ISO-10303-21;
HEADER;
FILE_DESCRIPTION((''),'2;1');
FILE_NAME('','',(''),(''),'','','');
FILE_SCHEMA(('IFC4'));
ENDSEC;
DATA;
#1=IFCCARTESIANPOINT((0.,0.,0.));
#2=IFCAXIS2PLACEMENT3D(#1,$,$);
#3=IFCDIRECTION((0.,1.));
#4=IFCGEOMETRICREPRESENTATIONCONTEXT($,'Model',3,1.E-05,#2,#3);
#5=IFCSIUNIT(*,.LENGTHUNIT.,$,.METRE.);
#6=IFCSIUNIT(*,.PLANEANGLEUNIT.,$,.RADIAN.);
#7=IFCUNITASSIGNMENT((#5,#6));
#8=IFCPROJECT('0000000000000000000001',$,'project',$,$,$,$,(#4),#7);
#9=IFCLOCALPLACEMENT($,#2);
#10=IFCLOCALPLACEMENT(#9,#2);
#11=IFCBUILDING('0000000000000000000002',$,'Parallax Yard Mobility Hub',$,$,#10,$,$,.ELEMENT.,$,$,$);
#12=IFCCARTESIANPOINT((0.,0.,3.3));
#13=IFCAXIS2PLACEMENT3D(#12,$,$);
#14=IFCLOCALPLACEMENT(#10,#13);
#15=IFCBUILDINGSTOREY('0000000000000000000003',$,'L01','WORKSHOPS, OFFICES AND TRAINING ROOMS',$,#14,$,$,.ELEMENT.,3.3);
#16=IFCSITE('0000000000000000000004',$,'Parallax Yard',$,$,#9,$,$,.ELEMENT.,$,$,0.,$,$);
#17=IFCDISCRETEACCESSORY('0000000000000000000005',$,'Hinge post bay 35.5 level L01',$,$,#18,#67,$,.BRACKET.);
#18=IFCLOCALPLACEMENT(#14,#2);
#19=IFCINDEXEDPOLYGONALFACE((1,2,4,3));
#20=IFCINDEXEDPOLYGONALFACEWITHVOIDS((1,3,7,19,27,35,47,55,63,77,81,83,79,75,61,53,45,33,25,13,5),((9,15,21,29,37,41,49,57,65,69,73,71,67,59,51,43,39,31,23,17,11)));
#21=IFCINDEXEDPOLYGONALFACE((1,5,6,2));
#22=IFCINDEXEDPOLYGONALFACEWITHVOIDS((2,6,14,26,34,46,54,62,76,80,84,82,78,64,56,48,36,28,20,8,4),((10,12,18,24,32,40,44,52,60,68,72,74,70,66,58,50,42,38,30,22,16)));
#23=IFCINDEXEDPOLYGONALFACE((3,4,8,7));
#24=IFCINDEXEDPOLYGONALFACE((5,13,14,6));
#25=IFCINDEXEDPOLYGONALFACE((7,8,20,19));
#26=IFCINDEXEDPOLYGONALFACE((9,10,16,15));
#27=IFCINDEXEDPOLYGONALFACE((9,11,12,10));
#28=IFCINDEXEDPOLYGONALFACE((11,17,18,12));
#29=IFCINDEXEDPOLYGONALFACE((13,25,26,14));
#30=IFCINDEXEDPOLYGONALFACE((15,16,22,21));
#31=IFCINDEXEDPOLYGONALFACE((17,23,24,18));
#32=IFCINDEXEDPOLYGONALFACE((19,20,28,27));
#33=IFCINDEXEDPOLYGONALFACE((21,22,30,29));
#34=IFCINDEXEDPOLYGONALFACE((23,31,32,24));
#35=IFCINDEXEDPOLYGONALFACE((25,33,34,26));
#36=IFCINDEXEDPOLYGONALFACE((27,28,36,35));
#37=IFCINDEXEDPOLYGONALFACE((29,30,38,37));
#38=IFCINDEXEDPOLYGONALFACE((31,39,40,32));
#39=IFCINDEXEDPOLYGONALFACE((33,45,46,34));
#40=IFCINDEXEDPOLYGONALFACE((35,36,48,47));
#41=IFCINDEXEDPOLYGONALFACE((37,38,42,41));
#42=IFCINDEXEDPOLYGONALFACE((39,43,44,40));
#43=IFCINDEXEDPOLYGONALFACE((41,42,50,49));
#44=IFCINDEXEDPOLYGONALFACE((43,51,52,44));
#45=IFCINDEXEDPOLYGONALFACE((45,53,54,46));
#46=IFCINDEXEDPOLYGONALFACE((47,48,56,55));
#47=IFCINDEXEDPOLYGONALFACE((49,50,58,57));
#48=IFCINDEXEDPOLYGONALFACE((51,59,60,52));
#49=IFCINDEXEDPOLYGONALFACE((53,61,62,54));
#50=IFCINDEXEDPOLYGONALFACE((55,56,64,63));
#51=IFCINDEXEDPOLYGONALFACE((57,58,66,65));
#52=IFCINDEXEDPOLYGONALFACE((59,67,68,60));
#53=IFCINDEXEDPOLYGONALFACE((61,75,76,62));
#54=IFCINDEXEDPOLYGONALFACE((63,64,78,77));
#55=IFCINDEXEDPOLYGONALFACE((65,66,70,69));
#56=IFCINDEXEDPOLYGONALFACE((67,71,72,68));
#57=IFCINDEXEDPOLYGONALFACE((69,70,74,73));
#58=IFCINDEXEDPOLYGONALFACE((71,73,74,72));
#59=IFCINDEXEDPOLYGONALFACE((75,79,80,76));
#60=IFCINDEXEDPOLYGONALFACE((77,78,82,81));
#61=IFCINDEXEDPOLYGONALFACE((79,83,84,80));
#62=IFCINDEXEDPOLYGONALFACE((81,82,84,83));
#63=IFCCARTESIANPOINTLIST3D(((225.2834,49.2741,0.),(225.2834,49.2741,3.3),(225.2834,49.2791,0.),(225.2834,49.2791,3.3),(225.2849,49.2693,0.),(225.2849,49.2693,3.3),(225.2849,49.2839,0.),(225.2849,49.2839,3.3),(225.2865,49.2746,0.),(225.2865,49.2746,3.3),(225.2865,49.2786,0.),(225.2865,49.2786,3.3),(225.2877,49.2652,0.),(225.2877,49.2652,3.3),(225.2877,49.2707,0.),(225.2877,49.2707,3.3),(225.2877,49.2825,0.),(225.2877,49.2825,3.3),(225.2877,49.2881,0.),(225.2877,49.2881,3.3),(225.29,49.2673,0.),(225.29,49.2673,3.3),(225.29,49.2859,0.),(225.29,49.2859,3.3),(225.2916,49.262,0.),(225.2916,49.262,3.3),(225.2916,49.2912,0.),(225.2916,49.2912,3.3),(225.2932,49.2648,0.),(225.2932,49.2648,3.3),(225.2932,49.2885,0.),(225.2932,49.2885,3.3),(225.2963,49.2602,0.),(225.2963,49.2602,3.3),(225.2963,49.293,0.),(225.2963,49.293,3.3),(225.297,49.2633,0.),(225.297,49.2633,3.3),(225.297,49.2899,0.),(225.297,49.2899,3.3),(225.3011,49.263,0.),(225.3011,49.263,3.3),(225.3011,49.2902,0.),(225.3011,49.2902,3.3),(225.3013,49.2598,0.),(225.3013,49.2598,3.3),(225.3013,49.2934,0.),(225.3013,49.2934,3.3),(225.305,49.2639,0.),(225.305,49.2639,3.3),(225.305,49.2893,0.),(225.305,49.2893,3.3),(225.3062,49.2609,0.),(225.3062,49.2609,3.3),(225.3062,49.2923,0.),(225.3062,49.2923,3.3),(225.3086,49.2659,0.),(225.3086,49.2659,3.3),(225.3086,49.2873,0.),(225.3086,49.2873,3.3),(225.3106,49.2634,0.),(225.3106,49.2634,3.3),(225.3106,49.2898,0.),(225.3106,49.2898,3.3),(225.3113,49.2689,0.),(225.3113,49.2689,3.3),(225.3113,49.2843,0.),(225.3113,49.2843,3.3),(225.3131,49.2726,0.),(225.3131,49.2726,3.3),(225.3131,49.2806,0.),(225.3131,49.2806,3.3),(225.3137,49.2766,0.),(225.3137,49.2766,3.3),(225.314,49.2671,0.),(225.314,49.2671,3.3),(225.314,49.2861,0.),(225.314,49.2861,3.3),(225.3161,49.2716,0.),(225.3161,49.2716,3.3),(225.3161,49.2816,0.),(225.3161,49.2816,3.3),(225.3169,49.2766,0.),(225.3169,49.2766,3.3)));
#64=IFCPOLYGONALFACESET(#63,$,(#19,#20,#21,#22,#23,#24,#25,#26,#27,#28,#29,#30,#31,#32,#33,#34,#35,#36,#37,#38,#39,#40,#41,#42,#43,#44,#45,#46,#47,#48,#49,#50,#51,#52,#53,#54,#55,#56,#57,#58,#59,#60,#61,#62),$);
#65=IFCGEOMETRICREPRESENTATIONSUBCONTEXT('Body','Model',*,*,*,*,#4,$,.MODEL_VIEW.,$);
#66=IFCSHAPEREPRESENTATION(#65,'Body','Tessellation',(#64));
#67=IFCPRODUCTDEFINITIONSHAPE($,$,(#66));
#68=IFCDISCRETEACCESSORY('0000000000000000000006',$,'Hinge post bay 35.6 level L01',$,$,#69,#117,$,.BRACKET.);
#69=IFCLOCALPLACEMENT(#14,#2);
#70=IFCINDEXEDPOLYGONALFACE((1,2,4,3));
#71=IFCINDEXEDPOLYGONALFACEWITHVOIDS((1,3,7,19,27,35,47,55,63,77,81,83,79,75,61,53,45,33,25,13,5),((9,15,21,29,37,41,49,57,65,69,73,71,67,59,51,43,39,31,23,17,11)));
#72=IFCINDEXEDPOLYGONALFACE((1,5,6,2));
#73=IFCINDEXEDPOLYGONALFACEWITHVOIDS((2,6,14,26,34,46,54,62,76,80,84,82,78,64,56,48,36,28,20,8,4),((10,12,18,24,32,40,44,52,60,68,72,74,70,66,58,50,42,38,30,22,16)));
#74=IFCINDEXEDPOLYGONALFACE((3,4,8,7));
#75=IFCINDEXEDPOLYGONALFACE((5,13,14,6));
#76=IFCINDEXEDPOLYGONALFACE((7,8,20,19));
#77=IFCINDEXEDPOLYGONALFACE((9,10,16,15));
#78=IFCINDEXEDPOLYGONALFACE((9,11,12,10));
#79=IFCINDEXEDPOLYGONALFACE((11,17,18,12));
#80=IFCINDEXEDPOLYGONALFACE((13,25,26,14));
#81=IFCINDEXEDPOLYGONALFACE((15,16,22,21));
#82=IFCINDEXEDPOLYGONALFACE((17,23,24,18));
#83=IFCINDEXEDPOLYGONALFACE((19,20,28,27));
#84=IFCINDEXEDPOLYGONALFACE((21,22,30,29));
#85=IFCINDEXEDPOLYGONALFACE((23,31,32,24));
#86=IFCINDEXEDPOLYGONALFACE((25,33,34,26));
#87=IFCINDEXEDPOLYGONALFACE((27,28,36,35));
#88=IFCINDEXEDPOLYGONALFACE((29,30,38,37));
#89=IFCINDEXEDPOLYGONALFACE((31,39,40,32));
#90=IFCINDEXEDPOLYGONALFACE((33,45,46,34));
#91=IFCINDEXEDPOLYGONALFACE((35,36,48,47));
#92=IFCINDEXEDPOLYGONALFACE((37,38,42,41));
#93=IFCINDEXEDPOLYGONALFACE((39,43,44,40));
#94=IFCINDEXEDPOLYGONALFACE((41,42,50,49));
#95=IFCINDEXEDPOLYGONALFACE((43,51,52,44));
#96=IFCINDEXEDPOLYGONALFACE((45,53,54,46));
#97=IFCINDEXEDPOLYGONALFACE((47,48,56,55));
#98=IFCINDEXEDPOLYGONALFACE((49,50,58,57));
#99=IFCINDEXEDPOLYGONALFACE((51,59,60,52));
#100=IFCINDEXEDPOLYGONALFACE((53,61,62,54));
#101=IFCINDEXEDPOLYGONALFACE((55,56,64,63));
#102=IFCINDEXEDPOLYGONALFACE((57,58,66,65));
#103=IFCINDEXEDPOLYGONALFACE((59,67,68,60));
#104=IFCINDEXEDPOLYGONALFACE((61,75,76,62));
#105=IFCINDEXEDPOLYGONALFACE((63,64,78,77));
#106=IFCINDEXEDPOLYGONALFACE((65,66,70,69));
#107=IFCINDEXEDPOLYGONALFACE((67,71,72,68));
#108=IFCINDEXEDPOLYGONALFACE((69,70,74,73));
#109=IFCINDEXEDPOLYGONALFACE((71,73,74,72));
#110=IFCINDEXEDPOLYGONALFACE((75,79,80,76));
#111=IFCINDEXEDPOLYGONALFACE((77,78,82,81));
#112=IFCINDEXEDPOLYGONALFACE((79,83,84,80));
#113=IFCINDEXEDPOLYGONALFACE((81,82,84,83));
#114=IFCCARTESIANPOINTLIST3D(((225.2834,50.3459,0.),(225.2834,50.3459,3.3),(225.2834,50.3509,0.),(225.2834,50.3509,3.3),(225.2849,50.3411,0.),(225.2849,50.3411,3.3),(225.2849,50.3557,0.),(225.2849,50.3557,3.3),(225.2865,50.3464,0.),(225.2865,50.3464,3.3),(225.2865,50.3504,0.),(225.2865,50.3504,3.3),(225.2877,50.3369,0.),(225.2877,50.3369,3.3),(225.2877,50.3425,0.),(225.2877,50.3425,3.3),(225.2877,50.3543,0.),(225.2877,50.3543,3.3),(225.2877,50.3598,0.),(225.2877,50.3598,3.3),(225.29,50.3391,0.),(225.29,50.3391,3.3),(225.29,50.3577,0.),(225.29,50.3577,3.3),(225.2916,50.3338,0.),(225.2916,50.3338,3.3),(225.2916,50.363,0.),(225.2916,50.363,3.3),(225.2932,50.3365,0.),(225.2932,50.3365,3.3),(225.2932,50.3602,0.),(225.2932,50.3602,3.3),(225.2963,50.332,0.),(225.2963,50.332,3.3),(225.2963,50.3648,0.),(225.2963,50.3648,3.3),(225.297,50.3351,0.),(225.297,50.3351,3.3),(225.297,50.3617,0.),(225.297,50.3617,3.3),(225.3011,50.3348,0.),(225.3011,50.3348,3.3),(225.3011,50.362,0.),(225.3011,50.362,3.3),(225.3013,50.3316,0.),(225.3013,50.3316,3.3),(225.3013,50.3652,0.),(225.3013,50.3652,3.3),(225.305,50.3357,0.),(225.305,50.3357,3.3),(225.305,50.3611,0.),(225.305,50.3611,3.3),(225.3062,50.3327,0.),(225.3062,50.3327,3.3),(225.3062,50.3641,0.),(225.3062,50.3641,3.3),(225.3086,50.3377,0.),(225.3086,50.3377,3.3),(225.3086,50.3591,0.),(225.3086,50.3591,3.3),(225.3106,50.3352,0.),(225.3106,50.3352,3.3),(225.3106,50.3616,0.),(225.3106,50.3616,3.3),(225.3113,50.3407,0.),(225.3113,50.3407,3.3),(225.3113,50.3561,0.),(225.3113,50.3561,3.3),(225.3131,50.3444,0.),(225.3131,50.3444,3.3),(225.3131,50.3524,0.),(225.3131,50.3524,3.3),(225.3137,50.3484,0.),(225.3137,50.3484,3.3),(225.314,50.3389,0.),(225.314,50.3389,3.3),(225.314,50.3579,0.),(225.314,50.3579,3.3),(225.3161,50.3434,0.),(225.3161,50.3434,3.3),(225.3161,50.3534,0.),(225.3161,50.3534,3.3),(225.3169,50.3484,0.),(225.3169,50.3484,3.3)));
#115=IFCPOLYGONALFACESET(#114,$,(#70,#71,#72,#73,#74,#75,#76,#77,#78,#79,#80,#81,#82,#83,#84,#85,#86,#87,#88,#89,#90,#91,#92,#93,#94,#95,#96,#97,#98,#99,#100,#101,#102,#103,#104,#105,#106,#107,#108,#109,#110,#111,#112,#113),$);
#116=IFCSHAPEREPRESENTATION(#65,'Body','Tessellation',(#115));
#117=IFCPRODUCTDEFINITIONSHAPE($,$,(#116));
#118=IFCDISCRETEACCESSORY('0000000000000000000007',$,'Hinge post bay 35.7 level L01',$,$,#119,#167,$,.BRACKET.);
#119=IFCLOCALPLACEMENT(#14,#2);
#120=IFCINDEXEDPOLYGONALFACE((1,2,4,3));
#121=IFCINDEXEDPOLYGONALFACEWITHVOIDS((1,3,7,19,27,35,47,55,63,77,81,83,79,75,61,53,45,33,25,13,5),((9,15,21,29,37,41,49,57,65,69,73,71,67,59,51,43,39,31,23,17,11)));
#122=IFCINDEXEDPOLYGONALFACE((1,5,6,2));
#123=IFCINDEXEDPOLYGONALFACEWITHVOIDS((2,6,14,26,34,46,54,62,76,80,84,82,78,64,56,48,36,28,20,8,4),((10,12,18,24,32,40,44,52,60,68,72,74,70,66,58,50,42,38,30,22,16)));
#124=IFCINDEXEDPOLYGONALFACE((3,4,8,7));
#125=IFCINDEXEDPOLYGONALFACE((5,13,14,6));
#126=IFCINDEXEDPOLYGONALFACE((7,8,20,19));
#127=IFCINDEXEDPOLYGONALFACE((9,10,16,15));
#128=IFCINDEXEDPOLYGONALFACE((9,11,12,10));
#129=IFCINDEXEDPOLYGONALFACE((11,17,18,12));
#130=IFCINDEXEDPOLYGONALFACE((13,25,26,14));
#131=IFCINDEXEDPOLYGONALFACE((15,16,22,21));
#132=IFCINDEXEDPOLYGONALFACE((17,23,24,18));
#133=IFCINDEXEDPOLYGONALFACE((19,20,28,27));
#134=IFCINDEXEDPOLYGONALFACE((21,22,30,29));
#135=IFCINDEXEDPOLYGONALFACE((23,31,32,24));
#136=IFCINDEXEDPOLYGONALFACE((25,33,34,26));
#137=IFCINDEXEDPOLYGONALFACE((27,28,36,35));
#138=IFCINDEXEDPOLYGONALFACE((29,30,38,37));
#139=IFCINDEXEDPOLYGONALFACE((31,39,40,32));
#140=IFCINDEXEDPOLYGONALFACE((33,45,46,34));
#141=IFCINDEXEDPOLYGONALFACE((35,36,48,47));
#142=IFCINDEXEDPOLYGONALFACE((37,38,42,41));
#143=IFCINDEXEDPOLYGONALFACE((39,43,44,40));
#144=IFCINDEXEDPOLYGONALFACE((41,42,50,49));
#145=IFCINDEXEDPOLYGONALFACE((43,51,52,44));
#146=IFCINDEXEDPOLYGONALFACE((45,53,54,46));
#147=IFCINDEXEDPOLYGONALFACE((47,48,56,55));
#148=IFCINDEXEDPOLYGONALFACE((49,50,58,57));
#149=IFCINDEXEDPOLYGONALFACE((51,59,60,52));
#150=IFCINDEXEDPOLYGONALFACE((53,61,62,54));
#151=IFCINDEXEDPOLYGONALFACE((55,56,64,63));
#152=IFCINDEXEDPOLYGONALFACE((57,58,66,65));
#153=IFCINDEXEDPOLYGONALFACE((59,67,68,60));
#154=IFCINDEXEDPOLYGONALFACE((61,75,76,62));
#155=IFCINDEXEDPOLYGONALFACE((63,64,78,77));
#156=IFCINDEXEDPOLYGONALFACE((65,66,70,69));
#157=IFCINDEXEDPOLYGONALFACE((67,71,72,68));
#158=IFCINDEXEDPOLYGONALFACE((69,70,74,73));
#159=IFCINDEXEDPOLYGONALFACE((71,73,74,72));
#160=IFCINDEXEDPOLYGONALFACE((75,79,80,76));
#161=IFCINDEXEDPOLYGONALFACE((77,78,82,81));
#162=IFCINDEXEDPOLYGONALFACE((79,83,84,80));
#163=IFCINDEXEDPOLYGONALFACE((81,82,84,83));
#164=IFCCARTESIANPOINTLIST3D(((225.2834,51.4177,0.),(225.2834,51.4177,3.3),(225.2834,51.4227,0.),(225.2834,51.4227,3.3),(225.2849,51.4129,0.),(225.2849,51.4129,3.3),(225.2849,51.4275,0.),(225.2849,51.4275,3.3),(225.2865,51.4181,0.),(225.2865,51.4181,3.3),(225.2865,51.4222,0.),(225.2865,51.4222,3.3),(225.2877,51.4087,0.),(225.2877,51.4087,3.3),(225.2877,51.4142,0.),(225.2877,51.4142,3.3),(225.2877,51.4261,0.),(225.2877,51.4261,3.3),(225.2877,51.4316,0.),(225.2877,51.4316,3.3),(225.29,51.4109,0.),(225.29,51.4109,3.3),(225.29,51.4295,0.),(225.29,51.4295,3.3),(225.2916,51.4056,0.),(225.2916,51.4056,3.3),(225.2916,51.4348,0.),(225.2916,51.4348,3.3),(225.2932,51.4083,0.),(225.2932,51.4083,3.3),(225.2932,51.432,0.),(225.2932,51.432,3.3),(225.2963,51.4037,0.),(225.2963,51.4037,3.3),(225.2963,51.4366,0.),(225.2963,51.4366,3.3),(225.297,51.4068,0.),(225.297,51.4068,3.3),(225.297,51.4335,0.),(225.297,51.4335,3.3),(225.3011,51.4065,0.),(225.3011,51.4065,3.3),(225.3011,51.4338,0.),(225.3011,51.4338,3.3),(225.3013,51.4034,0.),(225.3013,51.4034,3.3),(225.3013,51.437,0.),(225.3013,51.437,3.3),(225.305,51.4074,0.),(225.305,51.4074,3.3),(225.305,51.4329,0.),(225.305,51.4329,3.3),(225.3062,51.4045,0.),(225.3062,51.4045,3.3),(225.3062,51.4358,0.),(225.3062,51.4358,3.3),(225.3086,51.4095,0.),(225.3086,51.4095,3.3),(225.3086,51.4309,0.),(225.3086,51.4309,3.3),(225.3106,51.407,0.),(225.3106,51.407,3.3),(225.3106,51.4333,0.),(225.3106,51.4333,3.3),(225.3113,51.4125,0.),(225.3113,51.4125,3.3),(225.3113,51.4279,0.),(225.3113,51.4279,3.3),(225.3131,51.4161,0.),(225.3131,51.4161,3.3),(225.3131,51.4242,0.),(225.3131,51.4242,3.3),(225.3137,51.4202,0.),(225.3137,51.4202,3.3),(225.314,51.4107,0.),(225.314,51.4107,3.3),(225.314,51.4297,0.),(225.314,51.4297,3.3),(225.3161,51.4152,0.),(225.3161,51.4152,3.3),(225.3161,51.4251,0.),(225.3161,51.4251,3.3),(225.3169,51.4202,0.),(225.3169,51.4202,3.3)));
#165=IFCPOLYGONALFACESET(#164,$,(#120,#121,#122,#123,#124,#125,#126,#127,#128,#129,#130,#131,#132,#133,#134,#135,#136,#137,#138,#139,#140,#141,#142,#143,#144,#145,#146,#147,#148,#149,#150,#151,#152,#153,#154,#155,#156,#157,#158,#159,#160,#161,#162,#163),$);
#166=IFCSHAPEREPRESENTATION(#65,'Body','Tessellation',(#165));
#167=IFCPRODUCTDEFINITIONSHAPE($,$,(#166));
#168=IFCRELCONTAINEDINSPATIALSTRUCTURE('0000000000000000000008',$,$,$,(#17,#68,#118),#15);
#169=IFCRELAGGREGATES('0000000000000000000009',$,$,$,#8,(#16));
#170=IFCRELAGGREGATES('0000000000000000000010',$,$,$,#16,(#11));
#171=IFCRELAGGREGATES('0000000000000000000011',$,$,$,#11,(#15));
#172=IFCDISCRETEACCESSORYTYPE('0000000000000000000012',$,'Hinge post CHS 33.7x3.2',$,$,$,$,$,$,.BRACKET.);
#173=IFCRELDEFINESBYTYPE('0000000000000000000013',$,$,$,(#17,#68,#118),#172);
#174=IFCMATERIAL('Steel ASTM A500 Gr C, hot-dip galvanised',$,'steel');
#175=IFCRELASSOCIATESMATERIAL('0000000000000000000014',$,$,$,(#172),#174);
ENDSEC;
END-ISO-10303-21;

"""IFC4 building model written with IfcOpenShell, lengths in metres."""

from ifc_helpers import new_model, si_unit, direction, frame, origin, origin_2d, place, context, subcontext, project, spatial, hollow_circle, extrude, material, material_profile, profile_set, type_object, element, save


model = new_model("IFC4")

# Units and contexts
model_context = context("Model", 3, precision=1e-05, world=origin(), true_north=direction((0.0, 1.0)))
body_context = subcontext(model_context, "Body", "Model", "MODEL_VIEW")
ifc_project = project(units=[si_unit("LENGTHUNIT", "METRE"), si_unit("PLANEANGLEUNIT", "RADIAN")], contexts=[model_context])

# Site, building, storey
site_placement = place(None, origin())
site = spatial("IfcSite", under=ifc_project, at=site_placement, Name="Parallax Yard", CompositionType="ELEMENT", RefElevation=0.0)
building_placement = place(site_placement, origin())
building = spatial("IfcBuilding", under=site, at=building_placement, Name="Parallax Yard Mobility Hub", CompositionType="ELEMENT")
storey_placement = place(building_placement, frame((0.0, 0.0, 3.3)))
storey = spatial("IfcBuildingStorey", under=building, at=storey_placement, Name="L01", Description="WORKSHOPS, OFFICES AND TRAINING ROOMS", CompositionType="ELEMENT", Elevation=3.3)

# Discrete accessories
ifc_material_1 = material(Name="Steel ASTM A500 Gr C, hot-dip galvanised", Category="steel")
ifc_material_profile_1 = material_profile(ifc_material_1, hollow_circle(Radius=0.0168, WallThickness=0.0032, at=origin_2d()), Name="CHS 33.7x3.2")
ifc_profile_set_1 = profile_set([ifc_material_profile_1], Name="Steel ASTM A500 Gr C, hot-dip galvanised")
discrete_accessory_type_1 = type_object("IfcDiscreteAccessoryType", Name="Hinge post CHS 33.7x3.2", PredefinedType="BRACKET", material=ifc_profile_set_1)
for number, where, z_axis, x_axis, name in (
    (1, (225.3, 49.2766, 0.0), (0.0, 0.0, 1.0), (1.0, 0.0, 0.0), "Hinge post bay 35.5 level L01"),
    (2, (225.3, 50.3484, 0.0), (0.0, 0.0, 1.0), (1.0, 0.0, 0.0), "Hinge post bay 35.6 level L01"),
    (3, (225.3, 51.4202, 0.0), (0.0, 0.0, 1.0), (1.0, 0.0, 0.0), "Hinge post bay 35.7 level L01"),
):
    element("IfcDiscreteAccessory", number, at=place(storey_placement, frame(where, z_axis=z_axis, x_axis=x_axis)), inside=storey, type_object=discrete_accessory_type_1, Name=name, PredefinedType="BRACKET", context=body_context, shape_type="SweptSolid", body=[
        extrude(hollow_circle(Radius=0.0168, WallThickness=0.0032, at=origin_2d()), origin(), (0.0, 0.0, 1.0), 3.3),
    ])

save(model, "model.ifc")
